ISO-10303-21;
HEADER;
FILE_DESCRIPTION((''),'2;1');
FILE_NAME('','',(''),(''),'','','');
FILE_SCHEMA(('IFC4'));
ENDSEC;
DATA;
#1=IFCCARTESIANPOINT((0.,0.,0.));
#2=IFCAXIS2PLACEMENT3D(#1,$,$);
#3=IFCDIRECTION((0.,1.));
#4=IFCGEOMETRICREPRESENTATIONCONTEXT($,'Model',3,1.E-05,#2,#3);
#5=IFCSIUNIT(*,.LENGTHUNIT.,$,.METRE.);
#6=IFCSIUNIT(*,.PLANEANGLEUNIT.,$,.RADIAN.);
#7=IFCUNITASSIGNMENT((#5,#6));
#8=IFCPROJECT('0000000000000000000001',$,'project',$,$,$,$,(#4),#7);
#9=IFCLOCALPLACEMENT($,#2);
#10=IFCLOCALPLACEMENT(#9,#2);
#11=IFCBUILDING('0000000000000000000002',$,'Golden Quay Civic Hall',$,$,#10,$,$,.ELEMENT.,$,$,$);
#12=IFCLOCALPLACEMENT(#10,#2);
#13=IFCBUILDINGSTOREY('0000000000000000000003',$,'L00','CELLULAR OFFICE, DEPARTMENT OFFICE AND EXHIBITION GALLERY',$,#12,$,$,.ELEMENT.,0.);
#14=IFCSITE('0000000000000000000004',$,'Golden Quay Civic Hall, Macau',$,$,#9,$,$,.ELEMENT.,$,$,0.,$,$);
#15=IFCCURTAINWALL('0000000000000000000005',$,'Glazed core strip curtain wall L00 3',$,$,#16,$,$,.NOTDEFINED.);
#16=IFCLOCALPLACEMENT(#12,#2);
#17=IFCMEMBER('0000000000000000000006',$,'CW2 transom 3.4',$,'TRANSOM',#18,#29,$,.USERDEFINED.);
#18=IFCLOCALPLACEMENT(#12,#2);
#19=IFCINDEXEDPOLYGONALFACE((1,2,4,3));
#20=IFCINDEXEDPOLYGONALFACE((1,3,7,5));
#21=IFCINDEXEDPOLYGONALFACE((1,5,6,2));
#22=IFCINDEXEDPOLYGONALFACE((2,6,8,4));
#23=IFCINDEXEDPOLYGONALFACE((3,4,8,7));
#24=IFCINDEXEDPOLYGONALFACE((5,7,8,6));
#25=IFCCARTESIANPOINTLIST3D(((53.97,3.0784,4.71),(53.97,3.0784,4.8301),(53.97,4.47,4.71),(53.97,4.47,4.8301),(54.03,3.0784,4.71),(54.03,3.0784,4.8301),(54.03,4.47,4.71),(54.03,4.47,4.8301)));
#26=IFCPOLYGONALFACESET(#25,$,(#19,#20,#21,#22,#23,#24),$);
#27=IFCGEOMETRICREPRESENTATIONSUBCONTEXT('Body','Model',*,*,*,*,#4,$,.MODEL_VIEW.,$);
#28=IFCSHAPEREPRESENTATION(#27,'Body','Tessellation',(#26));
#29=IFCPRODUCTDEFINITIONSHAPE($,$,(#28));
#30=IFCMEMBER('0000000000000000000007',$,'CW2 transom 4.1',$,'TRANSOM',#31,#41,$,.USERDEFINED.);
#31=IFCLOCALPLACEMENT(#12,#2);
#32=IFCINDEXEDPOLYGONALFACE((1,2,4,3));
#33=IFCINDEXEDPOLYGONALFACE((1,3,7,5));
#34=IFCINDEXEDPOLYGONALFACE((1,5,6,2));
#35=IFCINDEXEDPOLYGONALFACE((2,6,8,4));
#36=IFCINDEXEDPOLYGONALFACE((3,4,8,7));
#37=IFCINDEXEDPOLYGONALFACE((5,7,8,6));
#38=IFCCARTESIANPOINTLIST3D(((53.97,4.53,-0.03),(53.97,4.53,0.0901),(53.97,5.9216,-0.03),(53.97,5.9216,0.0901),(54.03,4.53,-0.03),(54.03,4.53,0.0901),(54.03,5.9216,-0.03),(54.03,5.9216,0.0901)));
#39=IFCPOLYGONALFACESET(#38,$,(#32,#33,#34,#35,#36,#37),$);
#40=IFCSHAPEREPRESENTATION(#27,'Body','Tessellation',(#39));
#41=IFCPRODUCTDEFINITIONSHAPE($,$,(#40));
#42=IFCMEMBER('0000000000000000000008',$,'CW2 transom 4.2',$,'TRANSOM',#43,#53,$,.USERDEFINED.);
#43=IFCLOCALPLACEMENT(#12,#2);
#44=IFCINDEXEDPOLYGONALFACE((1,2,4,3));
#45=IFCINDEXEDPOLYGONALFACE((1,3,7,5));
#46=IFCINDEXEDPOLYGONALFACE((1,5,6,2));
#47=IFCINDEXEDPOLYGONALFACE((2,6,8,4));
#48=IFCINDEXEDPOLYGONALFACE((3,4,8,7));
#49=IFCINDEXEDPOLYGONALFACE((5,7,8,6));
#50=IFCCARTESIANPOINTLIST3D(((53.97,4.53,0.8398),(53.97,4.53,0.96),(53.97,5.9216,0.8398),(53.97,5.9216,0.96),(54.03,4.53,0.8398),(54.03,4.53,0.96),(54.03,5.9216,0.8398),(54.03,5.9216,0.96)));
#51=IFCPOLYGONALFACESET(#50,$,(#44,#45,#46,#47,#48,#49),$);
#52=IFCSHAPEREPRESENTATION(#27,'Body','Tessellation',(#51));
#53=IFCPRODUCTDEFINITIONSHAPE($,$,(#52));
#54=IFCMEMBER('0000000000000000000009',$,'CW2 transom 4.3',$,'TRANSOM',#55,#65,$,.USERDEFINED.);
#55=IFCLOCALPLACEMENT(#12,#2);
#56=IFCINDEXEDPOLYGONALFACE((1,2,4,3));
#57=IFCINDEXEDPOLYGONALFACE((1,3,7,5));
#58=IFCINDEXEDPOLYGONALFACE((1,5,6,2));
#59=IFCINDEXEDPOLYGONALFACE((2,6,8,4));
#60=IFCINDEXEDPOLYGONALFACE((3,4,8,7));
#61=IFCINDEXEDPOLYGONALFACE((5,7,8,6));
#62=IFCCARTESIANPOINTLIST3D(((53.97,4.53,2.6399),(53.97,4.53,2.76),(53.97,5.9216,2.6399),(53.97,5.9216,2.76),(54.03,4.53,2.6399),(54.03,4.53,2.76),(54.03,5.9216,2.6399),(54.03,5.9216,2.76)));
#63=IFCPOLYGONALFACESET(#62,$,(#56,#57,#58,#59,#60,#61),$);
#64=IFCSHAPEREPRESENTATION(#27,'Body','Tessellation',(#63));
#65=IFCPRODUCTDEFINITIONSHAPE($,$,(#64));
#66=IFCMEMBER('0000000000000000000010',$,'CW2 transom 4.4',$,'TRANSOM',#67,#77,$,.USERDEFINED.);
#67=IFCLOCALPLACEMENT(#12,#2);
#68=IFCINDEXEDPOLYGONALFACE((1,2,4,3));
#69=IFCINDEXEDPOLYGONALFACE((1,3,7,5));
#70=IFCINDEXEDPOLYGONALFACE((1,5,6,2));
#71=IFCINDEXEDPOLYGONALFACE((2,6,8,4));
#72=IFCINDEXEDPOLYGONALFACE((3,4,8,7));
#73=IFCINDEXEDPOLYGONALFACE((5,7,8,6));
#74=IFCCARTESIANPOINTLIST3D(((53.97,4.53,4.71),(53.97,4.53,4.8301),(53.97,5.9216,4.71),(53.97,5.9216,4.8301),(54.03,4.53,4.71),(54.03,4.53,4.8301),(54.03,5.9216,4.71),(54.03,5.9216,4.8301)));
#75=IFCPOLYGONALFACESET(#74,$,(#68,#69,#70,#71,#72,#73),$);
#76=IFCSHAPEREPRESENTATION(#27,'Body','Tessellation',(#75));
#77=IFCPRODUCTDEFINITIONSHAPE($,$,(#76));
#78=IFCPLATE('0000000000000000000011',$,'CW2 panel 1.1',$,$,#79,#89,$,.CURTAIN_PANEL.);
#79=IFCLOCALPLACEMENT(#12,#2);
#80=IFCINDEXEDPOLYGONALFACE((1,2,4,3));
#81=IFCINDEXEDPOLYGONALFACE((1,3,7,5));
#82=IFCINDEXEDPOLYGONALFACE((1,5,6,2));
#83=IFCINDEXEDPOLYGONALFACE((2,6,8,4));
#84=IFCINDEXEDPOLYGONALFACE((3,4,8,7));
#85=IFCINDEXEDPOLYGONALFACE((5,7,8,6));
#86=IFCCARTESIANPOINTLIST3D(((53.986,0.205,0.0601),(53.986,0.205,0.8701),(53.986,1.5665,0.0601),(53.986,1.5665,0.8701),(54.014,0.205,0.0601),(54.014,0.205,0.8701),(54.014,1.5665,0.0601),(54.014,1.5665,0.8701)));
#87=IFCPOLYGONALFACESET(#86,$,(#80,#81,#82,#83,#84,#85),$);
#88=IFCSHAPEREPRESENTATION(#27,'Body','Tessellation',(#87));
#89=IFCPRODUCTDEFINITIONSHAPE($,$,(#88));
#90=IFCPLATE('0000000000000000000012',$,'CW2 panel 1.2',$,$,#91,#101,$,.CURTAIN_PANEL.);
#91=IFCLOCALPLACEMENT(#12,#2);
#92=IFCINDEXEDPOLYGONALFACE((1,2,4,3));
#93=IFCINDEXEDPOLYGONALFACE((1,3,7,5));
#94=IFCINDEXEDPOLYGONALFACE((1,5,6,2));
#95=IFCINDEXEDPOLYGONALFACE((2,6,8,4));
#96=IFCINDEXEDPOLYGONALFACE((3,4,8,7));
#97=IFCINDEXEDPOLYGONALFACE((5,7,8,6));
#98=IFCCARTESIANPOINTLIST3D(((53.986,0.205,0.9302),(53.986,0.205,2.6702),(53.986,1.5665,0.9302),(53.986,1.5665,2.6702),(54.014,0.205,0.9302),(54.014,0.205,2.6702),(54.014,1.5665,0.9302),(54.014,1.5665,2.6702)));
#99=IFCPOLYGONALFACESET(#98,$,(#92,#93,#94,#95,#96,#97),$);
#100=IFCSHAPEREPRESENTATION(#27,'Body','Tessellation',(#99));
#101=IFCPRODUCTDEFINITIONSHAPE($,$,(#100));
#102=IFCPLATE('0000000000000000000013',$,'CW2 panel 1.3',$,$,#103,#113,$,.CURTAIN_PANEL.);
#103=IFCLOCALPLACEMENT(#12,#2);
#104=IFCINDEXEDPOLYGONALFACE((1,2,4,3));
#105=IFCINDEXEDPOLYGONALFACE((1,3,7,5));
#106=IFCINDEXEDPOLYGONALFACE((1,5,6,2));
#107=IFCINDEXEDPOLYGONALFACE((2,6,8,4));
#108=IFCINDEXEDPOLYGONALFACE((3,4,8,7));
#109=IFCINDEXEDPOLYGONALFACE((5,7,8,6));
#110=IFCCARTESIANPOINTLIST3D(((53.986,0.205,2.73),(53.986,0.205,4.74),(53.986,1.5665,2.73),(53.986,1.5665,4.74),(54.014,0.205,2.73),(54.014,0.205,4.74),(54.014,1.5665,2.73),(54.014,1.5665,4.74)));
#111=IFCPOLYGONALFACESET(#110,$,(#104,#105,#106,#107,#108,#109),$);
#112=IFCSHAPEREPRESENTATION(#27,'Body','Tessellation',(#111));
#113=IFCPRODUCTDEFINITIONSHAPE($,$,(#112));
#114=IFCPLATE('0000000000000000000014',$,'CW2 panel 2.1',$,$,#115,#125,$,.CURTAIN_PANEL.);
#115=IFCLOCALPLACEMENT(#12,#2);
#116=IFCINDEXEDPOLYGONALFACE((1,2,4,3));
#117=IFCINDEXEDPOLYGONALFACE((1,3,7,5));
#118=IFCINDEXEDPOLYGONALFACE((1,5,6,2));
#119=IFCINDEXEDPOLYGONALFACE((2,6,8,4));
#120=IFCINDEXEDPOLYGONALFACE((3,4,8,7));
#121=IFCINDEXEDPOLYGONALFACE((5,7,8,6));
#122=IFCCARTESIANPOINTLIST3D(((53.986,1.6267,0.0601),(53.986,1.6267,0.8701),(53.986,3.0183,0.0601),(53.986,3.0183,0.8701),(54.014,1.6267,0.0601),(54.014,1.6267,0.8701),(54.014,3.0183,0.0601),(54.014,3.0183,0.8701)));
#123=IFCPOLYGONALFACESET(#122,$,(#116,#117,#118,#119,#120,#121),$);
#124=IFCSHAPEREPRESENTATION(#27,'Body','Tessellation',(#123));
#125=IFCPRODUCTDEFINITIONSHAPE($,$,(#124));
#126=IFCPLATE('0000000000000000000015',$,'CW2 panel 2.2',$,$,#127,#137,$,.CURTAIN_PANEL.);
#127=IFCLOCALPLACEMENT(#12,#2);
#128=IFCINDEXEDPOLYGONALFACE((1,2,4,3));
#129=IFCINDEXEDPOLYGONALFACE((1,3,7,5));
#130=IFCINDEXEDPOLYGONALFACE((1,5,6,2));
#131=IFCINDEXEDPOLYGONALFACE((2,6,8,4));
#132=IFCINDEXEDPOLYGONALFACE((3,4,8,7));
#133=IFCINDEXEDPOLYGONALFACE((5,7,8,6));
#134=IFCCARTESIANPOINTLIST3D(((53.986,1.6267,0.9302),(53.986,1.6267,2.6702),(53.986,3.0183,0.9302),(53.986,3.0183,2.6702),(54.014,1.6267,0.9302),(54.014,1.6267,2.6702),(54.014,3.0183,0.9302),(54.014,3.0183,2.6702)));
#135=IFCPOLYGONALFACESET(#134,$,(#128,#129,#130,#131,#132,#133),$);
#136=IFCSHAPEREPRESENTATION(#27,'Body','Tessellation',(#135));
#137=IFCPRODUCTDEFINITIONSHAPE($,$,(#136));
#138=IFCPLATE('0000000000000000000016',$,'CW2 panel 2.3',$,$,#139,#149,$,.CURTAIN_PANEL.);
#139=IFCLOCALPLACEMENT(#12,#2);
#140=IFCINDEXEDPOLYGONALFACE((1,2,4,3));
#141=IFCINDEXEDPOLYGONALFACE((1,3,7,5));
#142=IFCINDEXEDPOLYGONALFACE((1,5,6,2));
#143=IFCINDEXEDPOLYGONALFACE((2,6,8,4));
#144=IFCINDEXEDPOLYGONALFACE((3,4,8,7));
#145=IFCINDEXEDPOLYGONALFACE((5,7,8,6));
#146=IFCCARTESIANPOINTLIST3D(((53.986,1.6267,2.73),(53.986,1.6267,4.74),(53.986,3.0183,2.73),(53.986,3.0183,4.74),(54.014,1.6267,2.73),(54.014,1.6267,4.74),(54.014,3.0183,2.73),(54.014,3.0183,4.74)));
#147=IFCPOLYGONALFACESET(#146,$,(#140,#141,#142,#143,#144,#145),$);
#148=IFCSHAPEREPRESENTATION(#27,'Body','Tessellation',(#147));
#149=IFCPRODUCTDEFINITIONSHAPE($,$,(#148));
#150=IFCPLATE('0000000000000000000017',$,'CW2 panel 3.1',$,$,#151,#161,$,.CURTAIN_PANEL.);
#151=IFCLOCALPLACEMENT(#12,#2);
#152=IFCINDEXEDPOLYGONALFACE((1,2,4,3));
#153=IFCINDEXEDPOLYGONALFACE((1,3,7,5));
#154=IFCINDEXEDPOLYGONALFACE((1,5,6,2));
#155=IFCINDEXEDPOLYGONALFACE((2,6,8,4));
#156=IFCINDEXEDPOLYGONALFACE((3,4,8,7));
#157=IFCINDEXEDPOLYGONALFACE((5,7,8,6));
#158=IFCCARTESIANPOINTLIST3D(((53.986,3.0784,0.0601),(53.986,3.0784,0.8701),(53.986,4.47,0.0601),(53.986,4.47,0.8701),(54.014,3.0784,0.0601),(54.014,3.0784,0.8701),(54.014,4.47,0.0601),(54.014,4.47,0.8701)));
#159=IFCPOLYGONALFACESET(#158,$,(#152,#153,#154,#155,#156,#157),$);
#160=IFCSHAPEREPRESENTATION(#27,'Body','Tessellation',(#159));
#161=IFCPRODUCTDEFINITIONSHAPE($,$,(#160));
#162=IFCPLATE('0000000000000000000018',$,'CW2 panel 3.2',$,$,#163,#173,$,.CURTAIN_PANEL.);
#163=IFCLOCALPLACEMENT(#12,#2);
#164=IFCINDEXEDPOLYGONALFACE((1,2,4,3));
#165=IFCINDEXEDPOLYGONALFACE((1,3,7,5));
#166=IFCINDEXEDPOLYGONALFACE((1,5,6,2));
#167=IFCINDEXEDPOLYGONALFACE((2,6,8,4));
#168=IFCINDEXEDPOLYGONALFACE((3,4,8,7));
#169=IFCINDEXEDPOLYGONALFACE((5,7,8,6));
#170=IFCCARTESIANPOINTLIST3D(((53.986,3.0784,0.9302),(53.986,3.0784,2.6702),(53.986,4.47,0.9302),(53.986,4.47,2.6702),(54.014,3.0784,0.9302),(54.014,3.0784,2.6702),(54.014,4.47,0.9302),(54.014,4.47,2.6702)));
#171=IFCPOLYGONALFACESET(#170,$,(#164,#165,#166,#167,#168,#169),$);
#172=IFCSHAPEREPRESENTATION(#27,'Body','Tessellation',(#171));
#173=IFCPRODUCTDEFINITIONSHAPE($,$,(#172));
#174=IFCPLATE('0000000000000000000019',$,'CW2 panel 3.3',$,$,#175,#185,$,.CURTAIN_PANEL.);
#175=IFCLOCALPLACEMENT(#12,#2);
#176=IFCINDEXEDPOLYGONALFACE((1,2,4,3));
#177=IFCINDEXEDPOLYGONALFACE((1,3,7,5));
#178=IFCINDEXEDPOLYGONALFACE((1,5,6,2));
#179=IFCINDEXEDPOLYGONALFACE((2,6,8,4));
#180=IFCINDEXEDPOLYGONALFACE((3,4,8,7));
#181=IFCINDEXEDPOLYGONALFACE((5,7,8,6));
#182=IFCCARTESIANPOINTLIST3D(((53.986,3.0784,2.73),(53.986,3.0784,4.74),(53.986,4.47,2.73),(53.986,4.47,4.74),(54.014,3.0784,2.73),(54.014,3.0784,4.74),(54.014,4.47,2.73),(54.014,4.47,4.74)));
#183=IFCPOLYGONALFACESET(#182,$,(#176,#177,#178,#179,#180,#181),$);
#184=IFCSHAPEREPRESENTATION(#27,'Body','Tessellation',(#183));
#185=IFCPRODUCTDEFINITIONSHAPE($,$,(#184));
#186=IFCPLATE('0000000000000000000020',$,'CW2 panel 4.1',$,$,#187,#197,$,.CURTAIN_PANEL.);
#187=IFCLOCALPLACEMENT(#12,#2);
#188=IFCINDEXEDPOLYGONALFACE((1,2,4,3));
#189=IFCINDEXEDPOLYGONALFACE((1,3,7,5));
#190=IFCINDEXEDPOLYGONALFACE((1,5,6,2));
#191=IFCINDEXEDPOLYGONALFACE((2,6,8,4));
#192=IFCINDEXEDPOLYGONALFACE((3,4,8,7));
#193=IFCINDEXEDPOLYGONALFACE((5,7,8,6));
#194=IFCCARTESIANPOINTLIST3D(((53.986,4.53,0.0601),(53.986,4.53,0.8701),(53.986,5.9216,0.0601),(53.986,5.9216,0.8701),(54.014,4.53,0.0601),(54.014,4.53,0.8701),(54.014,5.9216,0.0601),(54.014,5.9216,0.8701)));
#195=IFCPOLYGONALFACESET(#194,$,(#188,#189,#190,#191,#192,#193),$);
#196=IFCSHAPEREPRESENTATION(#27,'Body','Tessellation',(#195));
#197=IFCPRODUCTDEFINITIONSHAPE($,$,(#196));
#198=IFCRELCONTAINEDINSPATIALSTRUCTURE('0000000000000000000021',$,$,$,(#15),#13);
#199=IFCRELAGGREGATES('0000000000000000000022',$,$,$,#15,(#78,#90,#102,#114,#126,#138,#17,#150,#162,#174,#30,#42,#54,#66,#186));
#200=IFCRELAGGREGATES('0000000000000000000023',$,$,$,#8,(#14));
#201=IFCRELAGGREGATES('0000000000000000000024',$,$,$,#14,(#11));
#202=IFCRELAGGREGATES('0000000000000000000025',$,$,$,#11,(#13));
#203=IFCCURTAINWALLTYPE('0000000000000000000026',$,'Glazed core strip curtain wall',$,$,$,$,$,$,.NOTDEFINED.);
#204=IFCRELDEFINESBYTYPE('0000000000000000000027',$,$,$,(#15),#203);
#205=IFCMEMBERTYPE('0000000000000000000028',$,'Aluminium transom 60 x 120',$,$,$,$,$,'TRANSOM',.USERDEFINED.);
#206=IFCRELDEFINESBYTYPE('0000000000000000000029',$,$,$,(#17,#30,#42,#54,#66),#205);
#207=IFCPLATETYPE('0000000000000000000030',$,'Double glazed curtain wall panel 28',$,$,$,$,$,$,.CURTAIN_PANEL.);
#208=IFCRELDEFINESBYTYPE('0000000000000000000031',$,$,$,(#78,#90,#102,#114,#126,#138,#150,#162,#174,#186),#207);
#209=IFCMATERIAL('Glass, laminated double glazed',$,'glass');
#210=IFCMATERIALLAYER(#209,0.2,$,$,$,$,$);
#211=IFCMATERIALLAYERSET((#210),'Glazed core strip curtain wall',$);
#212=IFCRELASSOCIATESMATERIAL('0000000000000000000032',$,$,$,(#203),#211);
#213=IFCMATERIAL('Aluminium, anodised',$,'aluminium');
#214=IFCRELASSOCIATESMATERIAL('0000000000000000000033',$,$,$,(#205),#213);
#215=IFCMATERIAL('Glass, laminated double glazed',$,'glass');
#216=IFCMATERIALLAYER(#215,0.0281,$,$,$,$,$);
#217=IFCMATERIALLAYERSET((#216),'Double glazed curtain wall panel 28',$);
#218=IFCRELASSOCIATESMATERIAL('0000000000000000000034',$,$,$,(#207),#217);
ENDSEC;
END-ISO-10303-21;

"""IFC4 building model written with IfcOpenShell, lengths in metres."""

from ifc_helpers import new_model, si_unit, direction, frame, origin, origin_2d, place, context, subcontext, project, spatial, rectangle, extrude, material, layer, layer_set, material_profile, profile_set, type_object, element, aggregate, save


model = new_model("IFC4")

# Units and contexts
model_context = context("Model", 3, precision=1e-05, world=origin(), true_north=direction((0.0, 1.0)))
body_context = subcontext(model_context, "Body", "Model", "MODEL_VIEW")
ifc_project = project(units=[si_unit("LENGTHUNIT", "METRE"), si_unit("PLANEANGLEUNIT", "RADIAN")], contexts=[model_context])

# Site, building, storey
site_placement = place(None, origin())
site = spatial("IfcSite", under=ifc_project, at=site_placement, Name="Golden Quay Civic Hall, Macau", CompositionType="ELEMENT", RefElevation=0.0)
building_placement = place(site_placement, origin())
building = spatial("IfcBuilding", under=site, at=building_placement, Name="Golden Quay Civic Hall", CompositionType="ELEMENT")
storey_placement = place(building_placement, origin())
storey = spatial("IfcBuildingStorey", under=building, at=storey_placement, Name="L00", Description="CELLULAR OFFICE, DEPARTMENT OFFICE AND EXHIBITION GALLERY", CompositionType="ELEMENT", Elevation=0.0)

# Curtain wall, members, plates
ifc_material_1 = material(Name="Glass, laminated double glazed", Category="glass")
ifc_layer_1 = layer(ifc_material_1, 0.2)
ifc_layer_set_1 = layer_set([ifc_layer_1], Name="Glazed core strip curtain wall")
curtain_wall_type = type_object("IfcCurtainWallType", Name="Glazed core strip curtain wall", PredefinedType="NOTDEFINED", material=ifc_layer_set_1)
curtain_wall_placement = place(storey_placement, origin())
curtain_wall = element("IfcCurtainWall", 1, at=curtain_wall_placement, inside=storey, type_object=curtain_wall_type, Name="Glazed core strip curtain wall L00 3", PredefinedType="NOTDEFINED")
ifc_material_2 = material(Name="Aluminium, anodised", Category="aluminium")
ifc_material_profile_1 = material_profile(ifc_material_2, rectangle(XDim=0.0601, YDim=0.1201, at=origin_2d()), Name="Aluminium 60 x 120")
ifc_profile_set_1 = profile_set([ifc_material_profile_1], Name="Aluminium, anodised")
member_type_1 = type_object("IfcMemberType", Name="Aluminium transom 60 x 120", ElementType="TRANSOM", PredefinedType="USERDEFINED", material=ifc_profile_set_1)
member_1_placement = place(storey_placement, frame((54.0, 3.0784, 4.77), z_axis=(0.0, 1.0, 0.0), x_axis=(-1.0, 0.0, 0.0)))
member_1 = element("IfcMember", 2, at=member_1_placement, type_object=member_type_1, Name="CW2 transom 3.4", ObjectType="TRANSOM", PredefinedType="USERDEFINED", context=body_context, shape_type="SweptSolid", body=[
    extrude(rectangle(XDim=0.0601, YDim=0.1201, at=origin_2d()), origin(), (0.0, 0.0, 1.0), 1.3916),
])
member_2_placement = place(storey_placement, frame((54.0, 4.53, 0.03), z_axis=(0.0, 1.0, 0.0), x_axis=(-1.0, 0.0, 0.0)))
member_2 = element("IfcMember", 3, at=member_2_placement, type_object=member_type_1, Name="CW2 transom 4.1", ObjectType="TRANSOM", PredefinedType="USERDEFINED", context=body_context, shape_type="SweptSolid", body=[
    extrude(rectangle(XDim=0.0601, YDim=0.1201, at=origin_2d()), origin(), (0.0, 0.0, 1.0), 1.3916),
])
member_3_placement = place(storey_placement, frame((54.0, 4.53, 0.8999), z_axis=(0.0, 1.0, 0.0), x_axis=(-1.0, 0.0, 0.0)))
member_3 = element("IfcMember", 4, at=member_3_placement, type_object=member_type_1, Name="CW2 transom 4.2", ObjectType="TRANSOM", PredefinedType="USERDEFINED", context=body_context, shape_type="SweptSolid", body=[
    extrude(rectangle(XDim=0.0601, YDim=0.1201, at=origin_2d()), origin(), (0.0, 0.0, 1.0), 1.3916),
])
member_4_placement = place(storey_placement, frame((54.0, 4.53, 2.7), z_axis=(0.0, 1.0, 0.0), x_axis=(-1.0, 0.0, 0.0)))
member_4 = element("IfcMember", 5, at=member_4_placement, type_object=member_type_1, Name="CW2 transom 4.3", ObjectType="TRANSOM", PredefinedType="USERDEFINED", context=body_context, shape_type="SweptSolid", body=[
    extrude(rectangle(XDim=0.0601, YDim=0.1201, at=origin_2d()), origin(), (0.0, 0.0, 1.0), 1.3916),
])
member_5_placement = place(storey_placement, frame((54.0, 4.53, 4.77), z_axis=(0.0, 1.0, 0.0), x_axis=(-1.0, 0.0, 0.0)))
member_5 = element("IfcMember", 6, at=member_5_placement, type_object=member_type_1, Name="CW2 transom 4.4", ObjectType="TRANSOM", PredefinedType="USERDEFINED", context=body_context, shape_type="SweptSolid", body=[
    extrude(rectangle(XDim=0.0601, YDim=0.1201, at=origin_2d()), origin(), (0.0, 0.0, 1.0), 1.3916),
])
ifc_material_3 = material(Name="Glass, laminated double glazed", Category="glass")
ifc_layer_2 = layer(ifc_material_3, 0.0281)
ifc_layer_set_2 = layer_set([ifc_layer_2], Name="Double glazed curtain wall panel 28")
plate_type = type_object("IfcPlateType", Name="Double glazed curtain wall panel 28", PredefinedType="CURTAIN_PANEL", material=ifc_layer_set_2)
plate_1_placement = place(storey_placement, frame((54.0, 0.8857, 0.0601), z_axis=(0.0, 0.0, 1.0), x_axis=(0.0, 1.0, 0.0)))
plate_1 = element("IfcPlate", 7, at=plate_1_placement, type_object=plate_type, Name="CW2 panel 1.1", PredefinedType="CURTAIN_PANEL", context=body_context, shape_type="SweptSolid", body=[
    extrude(rectangle(XDim=1.3616, YDim=0.0281, at=origin_2d()), origin(), (0.0, 0.0, 1.0), 0.8101),
])
plate_2_placement = place(storey_placement, frame((54.0, 0.8857, 0.9302), z_axis=(0.0, 0.0, 1.0), x_axis=(0.0, 1.0, 0.0)))
plate_2 = element("IfcPlate", 8, at=plate_2_placement, type_object=plate_type, Name="CW2 panel 1.2", PredefinedType="CURTAIN_PANEL", context=body_context, shape_type="SweptSolid", body=[
    extrude(rectangle(XDim=1.3616, YDim=0.0281, at=origin_2d()), origin(), (0.0, 0.0, 1.0), 1.74),
])
plate_3_placement = place(storey_placement, frame((54.0, 0.8857, 2.73), z_axis=(0.0, 0.0, 1.0), x_axis=(0.0, 1.0, 0.0)))
plate_3 = element("IfcPlate", 9, at=plate_3_placement, type_object=plate_type, Name="CW2 panel 1.3", PredefinedType="CURTAIN_PANEL", context=body_context, shape_type="SweptSolid", body=[
    extrude(rectangle(XDim=1.3616, YDim=0.0281, at=origin_2d()), origin(), (0.0, 0.0, 1.0), 2.01),
])
plate_4_placement = place(storey_placement, frame((54.0, 2.3225, 0.0601), z_axis=(0.0, 0.0, 1.0), x_axis=(0.0, 1.0, 0.0)))
plate_4 = element("IfcPlate", 10, at=plate_4_placement, type_object=plate_type, Name="CW2 panel 2.1", PredefinedType="CURTAIN_PANEL", context=body_context, shape_type="SweptSolid", body=[
    extrude(rectangle(XDim=1.3916, YDim=0.0281, at=origin_2d()), origin(), (0.0, 0.0, 1.0), 0.8101),
])
plate_5_placement = place(storey_placement, frame((54.0, 2.3225, 0.9302), z_axis=(0.0, 0.0, 1.0), x_axis=(0.0, 1.0, 0.0)))
plate_5 = element("IfcPlate", 11, at=plate_5_placement, type_object=plate_type, Name="CW2 panel 2.2", PredefinedType="CURTAIN_PANEL", context=body_context, shape_type="SweptSolid", body=[
    extrude(rectangle(XDim=1.3916, YDim=0.0281, at=origin_2d()), origin(), (0.0, 0.0, 1.0), 1.74),
])
plate_6_placement = place(storey_placement, frame((54.0, 2.3225, 2.73), z_axis=(0.0, 0.0, 1.0), x_axis=(0.0, 1.0, 0.0)))
plate_6 = element("IfcPlate", 12, at=plate_6_placement, type_object=plate_type, Name="CW2 panel 2.3", PredefinedType="CURTAIN_PANEL", context=body_context, shape_type="SweptSolid", body=[
    extrude(rectangle(XDim=1.3916, YDim=0.0281, at=origin_2d()), origin(), (0.0, 0.0, 1.0), 2.01),
])
plate_7_placement = place(storey_placement, frame((54.0, 3.7742, 0.0601), z_axis=(0.0, 0.0, 1.0), x_axis=(0.0, 1.0, 0.0)))
plate_7 = element("IfcPlate", 13, at=plate_7_placement, type_object=plate_type, Name="CW2 panel 3.1", PredefinedType="CURTAIN_PANEL", context=body_context, shape_type="SweptSolid", body=[
    extrude(rectangle(XDim=1.3916, YDim=0.0281, at=origin_2d()), origin(), (0.0, 0.0, 1.0), 0.8101),
])
plate_8_placement = place(storey_placement, frame((54.0, 3.7742, 0.9302), z_axis=(0.0, 0.0, 1.0), x_axis=(0.0, 1.0, 0.0)))
plate_8 = element("IfcPlate", 14, at=plate_8_placement, type_object=plate_type, Name="CW2 panel 3.2", PredefinedType="CURTAIN_PANEL", context=body_context, shape_type="SweptSolid", body=[
    extrude(rectangle(XDim=1.3916, YDim=0.0281, at=origin_2d()), origin(), (0.0, 0.0, 1.0), 1.74),
])
plate_9_placement = place(storey_placement, frame((54.0, 3.7742, 2.73), z_axis=(0.0, 0.0, 1.0), x_axis=(0.0, 1.0, 0.0)))
plate_9 = element("IfcPlate", 15, at=plate_9_placement, type_object=plate_type, Name="CW2 panel 3.3", PredefinedType="CURTAIN_PANEL", context=body_context, shape_type="SweptSolid", body=[
    extrude(rectangle(XDim=1.3916, YDim=0.0281, at=origin_2d()), origin(), (0.0, 0.0, 1.0), 2.01),
])
plate_10_placement = place(storey_placement, frame((54.0, 5.2258, 0.0601), z_axis=(0.0, 0.0, 1.0), x_axis=(0.0, 1.0, 0.0)))
plate_10 = element("IfcPlate", 16, at=plate_10_placement, type_object=plate_type, Name="CW2 panel 4.1", PredefinedType="CURTAIN_PANEL", context=body_context, shape_type="SweptSolid", body=[
    extrude(rectangle(XDim=1.3916, YDim=0.0281, at=origin_2d()), origin(), (0.0, 0.0, 1.0), 0.8101),
])
aggregate(curtain_wall, [plate_1, plate_2, plate_3, plate_4, plate_5, plate_6, member_1, plate_7, plate_8, plate_9, member_2, member_3, member_4, member_5, plate_10])

save(model, "model.ifc")
